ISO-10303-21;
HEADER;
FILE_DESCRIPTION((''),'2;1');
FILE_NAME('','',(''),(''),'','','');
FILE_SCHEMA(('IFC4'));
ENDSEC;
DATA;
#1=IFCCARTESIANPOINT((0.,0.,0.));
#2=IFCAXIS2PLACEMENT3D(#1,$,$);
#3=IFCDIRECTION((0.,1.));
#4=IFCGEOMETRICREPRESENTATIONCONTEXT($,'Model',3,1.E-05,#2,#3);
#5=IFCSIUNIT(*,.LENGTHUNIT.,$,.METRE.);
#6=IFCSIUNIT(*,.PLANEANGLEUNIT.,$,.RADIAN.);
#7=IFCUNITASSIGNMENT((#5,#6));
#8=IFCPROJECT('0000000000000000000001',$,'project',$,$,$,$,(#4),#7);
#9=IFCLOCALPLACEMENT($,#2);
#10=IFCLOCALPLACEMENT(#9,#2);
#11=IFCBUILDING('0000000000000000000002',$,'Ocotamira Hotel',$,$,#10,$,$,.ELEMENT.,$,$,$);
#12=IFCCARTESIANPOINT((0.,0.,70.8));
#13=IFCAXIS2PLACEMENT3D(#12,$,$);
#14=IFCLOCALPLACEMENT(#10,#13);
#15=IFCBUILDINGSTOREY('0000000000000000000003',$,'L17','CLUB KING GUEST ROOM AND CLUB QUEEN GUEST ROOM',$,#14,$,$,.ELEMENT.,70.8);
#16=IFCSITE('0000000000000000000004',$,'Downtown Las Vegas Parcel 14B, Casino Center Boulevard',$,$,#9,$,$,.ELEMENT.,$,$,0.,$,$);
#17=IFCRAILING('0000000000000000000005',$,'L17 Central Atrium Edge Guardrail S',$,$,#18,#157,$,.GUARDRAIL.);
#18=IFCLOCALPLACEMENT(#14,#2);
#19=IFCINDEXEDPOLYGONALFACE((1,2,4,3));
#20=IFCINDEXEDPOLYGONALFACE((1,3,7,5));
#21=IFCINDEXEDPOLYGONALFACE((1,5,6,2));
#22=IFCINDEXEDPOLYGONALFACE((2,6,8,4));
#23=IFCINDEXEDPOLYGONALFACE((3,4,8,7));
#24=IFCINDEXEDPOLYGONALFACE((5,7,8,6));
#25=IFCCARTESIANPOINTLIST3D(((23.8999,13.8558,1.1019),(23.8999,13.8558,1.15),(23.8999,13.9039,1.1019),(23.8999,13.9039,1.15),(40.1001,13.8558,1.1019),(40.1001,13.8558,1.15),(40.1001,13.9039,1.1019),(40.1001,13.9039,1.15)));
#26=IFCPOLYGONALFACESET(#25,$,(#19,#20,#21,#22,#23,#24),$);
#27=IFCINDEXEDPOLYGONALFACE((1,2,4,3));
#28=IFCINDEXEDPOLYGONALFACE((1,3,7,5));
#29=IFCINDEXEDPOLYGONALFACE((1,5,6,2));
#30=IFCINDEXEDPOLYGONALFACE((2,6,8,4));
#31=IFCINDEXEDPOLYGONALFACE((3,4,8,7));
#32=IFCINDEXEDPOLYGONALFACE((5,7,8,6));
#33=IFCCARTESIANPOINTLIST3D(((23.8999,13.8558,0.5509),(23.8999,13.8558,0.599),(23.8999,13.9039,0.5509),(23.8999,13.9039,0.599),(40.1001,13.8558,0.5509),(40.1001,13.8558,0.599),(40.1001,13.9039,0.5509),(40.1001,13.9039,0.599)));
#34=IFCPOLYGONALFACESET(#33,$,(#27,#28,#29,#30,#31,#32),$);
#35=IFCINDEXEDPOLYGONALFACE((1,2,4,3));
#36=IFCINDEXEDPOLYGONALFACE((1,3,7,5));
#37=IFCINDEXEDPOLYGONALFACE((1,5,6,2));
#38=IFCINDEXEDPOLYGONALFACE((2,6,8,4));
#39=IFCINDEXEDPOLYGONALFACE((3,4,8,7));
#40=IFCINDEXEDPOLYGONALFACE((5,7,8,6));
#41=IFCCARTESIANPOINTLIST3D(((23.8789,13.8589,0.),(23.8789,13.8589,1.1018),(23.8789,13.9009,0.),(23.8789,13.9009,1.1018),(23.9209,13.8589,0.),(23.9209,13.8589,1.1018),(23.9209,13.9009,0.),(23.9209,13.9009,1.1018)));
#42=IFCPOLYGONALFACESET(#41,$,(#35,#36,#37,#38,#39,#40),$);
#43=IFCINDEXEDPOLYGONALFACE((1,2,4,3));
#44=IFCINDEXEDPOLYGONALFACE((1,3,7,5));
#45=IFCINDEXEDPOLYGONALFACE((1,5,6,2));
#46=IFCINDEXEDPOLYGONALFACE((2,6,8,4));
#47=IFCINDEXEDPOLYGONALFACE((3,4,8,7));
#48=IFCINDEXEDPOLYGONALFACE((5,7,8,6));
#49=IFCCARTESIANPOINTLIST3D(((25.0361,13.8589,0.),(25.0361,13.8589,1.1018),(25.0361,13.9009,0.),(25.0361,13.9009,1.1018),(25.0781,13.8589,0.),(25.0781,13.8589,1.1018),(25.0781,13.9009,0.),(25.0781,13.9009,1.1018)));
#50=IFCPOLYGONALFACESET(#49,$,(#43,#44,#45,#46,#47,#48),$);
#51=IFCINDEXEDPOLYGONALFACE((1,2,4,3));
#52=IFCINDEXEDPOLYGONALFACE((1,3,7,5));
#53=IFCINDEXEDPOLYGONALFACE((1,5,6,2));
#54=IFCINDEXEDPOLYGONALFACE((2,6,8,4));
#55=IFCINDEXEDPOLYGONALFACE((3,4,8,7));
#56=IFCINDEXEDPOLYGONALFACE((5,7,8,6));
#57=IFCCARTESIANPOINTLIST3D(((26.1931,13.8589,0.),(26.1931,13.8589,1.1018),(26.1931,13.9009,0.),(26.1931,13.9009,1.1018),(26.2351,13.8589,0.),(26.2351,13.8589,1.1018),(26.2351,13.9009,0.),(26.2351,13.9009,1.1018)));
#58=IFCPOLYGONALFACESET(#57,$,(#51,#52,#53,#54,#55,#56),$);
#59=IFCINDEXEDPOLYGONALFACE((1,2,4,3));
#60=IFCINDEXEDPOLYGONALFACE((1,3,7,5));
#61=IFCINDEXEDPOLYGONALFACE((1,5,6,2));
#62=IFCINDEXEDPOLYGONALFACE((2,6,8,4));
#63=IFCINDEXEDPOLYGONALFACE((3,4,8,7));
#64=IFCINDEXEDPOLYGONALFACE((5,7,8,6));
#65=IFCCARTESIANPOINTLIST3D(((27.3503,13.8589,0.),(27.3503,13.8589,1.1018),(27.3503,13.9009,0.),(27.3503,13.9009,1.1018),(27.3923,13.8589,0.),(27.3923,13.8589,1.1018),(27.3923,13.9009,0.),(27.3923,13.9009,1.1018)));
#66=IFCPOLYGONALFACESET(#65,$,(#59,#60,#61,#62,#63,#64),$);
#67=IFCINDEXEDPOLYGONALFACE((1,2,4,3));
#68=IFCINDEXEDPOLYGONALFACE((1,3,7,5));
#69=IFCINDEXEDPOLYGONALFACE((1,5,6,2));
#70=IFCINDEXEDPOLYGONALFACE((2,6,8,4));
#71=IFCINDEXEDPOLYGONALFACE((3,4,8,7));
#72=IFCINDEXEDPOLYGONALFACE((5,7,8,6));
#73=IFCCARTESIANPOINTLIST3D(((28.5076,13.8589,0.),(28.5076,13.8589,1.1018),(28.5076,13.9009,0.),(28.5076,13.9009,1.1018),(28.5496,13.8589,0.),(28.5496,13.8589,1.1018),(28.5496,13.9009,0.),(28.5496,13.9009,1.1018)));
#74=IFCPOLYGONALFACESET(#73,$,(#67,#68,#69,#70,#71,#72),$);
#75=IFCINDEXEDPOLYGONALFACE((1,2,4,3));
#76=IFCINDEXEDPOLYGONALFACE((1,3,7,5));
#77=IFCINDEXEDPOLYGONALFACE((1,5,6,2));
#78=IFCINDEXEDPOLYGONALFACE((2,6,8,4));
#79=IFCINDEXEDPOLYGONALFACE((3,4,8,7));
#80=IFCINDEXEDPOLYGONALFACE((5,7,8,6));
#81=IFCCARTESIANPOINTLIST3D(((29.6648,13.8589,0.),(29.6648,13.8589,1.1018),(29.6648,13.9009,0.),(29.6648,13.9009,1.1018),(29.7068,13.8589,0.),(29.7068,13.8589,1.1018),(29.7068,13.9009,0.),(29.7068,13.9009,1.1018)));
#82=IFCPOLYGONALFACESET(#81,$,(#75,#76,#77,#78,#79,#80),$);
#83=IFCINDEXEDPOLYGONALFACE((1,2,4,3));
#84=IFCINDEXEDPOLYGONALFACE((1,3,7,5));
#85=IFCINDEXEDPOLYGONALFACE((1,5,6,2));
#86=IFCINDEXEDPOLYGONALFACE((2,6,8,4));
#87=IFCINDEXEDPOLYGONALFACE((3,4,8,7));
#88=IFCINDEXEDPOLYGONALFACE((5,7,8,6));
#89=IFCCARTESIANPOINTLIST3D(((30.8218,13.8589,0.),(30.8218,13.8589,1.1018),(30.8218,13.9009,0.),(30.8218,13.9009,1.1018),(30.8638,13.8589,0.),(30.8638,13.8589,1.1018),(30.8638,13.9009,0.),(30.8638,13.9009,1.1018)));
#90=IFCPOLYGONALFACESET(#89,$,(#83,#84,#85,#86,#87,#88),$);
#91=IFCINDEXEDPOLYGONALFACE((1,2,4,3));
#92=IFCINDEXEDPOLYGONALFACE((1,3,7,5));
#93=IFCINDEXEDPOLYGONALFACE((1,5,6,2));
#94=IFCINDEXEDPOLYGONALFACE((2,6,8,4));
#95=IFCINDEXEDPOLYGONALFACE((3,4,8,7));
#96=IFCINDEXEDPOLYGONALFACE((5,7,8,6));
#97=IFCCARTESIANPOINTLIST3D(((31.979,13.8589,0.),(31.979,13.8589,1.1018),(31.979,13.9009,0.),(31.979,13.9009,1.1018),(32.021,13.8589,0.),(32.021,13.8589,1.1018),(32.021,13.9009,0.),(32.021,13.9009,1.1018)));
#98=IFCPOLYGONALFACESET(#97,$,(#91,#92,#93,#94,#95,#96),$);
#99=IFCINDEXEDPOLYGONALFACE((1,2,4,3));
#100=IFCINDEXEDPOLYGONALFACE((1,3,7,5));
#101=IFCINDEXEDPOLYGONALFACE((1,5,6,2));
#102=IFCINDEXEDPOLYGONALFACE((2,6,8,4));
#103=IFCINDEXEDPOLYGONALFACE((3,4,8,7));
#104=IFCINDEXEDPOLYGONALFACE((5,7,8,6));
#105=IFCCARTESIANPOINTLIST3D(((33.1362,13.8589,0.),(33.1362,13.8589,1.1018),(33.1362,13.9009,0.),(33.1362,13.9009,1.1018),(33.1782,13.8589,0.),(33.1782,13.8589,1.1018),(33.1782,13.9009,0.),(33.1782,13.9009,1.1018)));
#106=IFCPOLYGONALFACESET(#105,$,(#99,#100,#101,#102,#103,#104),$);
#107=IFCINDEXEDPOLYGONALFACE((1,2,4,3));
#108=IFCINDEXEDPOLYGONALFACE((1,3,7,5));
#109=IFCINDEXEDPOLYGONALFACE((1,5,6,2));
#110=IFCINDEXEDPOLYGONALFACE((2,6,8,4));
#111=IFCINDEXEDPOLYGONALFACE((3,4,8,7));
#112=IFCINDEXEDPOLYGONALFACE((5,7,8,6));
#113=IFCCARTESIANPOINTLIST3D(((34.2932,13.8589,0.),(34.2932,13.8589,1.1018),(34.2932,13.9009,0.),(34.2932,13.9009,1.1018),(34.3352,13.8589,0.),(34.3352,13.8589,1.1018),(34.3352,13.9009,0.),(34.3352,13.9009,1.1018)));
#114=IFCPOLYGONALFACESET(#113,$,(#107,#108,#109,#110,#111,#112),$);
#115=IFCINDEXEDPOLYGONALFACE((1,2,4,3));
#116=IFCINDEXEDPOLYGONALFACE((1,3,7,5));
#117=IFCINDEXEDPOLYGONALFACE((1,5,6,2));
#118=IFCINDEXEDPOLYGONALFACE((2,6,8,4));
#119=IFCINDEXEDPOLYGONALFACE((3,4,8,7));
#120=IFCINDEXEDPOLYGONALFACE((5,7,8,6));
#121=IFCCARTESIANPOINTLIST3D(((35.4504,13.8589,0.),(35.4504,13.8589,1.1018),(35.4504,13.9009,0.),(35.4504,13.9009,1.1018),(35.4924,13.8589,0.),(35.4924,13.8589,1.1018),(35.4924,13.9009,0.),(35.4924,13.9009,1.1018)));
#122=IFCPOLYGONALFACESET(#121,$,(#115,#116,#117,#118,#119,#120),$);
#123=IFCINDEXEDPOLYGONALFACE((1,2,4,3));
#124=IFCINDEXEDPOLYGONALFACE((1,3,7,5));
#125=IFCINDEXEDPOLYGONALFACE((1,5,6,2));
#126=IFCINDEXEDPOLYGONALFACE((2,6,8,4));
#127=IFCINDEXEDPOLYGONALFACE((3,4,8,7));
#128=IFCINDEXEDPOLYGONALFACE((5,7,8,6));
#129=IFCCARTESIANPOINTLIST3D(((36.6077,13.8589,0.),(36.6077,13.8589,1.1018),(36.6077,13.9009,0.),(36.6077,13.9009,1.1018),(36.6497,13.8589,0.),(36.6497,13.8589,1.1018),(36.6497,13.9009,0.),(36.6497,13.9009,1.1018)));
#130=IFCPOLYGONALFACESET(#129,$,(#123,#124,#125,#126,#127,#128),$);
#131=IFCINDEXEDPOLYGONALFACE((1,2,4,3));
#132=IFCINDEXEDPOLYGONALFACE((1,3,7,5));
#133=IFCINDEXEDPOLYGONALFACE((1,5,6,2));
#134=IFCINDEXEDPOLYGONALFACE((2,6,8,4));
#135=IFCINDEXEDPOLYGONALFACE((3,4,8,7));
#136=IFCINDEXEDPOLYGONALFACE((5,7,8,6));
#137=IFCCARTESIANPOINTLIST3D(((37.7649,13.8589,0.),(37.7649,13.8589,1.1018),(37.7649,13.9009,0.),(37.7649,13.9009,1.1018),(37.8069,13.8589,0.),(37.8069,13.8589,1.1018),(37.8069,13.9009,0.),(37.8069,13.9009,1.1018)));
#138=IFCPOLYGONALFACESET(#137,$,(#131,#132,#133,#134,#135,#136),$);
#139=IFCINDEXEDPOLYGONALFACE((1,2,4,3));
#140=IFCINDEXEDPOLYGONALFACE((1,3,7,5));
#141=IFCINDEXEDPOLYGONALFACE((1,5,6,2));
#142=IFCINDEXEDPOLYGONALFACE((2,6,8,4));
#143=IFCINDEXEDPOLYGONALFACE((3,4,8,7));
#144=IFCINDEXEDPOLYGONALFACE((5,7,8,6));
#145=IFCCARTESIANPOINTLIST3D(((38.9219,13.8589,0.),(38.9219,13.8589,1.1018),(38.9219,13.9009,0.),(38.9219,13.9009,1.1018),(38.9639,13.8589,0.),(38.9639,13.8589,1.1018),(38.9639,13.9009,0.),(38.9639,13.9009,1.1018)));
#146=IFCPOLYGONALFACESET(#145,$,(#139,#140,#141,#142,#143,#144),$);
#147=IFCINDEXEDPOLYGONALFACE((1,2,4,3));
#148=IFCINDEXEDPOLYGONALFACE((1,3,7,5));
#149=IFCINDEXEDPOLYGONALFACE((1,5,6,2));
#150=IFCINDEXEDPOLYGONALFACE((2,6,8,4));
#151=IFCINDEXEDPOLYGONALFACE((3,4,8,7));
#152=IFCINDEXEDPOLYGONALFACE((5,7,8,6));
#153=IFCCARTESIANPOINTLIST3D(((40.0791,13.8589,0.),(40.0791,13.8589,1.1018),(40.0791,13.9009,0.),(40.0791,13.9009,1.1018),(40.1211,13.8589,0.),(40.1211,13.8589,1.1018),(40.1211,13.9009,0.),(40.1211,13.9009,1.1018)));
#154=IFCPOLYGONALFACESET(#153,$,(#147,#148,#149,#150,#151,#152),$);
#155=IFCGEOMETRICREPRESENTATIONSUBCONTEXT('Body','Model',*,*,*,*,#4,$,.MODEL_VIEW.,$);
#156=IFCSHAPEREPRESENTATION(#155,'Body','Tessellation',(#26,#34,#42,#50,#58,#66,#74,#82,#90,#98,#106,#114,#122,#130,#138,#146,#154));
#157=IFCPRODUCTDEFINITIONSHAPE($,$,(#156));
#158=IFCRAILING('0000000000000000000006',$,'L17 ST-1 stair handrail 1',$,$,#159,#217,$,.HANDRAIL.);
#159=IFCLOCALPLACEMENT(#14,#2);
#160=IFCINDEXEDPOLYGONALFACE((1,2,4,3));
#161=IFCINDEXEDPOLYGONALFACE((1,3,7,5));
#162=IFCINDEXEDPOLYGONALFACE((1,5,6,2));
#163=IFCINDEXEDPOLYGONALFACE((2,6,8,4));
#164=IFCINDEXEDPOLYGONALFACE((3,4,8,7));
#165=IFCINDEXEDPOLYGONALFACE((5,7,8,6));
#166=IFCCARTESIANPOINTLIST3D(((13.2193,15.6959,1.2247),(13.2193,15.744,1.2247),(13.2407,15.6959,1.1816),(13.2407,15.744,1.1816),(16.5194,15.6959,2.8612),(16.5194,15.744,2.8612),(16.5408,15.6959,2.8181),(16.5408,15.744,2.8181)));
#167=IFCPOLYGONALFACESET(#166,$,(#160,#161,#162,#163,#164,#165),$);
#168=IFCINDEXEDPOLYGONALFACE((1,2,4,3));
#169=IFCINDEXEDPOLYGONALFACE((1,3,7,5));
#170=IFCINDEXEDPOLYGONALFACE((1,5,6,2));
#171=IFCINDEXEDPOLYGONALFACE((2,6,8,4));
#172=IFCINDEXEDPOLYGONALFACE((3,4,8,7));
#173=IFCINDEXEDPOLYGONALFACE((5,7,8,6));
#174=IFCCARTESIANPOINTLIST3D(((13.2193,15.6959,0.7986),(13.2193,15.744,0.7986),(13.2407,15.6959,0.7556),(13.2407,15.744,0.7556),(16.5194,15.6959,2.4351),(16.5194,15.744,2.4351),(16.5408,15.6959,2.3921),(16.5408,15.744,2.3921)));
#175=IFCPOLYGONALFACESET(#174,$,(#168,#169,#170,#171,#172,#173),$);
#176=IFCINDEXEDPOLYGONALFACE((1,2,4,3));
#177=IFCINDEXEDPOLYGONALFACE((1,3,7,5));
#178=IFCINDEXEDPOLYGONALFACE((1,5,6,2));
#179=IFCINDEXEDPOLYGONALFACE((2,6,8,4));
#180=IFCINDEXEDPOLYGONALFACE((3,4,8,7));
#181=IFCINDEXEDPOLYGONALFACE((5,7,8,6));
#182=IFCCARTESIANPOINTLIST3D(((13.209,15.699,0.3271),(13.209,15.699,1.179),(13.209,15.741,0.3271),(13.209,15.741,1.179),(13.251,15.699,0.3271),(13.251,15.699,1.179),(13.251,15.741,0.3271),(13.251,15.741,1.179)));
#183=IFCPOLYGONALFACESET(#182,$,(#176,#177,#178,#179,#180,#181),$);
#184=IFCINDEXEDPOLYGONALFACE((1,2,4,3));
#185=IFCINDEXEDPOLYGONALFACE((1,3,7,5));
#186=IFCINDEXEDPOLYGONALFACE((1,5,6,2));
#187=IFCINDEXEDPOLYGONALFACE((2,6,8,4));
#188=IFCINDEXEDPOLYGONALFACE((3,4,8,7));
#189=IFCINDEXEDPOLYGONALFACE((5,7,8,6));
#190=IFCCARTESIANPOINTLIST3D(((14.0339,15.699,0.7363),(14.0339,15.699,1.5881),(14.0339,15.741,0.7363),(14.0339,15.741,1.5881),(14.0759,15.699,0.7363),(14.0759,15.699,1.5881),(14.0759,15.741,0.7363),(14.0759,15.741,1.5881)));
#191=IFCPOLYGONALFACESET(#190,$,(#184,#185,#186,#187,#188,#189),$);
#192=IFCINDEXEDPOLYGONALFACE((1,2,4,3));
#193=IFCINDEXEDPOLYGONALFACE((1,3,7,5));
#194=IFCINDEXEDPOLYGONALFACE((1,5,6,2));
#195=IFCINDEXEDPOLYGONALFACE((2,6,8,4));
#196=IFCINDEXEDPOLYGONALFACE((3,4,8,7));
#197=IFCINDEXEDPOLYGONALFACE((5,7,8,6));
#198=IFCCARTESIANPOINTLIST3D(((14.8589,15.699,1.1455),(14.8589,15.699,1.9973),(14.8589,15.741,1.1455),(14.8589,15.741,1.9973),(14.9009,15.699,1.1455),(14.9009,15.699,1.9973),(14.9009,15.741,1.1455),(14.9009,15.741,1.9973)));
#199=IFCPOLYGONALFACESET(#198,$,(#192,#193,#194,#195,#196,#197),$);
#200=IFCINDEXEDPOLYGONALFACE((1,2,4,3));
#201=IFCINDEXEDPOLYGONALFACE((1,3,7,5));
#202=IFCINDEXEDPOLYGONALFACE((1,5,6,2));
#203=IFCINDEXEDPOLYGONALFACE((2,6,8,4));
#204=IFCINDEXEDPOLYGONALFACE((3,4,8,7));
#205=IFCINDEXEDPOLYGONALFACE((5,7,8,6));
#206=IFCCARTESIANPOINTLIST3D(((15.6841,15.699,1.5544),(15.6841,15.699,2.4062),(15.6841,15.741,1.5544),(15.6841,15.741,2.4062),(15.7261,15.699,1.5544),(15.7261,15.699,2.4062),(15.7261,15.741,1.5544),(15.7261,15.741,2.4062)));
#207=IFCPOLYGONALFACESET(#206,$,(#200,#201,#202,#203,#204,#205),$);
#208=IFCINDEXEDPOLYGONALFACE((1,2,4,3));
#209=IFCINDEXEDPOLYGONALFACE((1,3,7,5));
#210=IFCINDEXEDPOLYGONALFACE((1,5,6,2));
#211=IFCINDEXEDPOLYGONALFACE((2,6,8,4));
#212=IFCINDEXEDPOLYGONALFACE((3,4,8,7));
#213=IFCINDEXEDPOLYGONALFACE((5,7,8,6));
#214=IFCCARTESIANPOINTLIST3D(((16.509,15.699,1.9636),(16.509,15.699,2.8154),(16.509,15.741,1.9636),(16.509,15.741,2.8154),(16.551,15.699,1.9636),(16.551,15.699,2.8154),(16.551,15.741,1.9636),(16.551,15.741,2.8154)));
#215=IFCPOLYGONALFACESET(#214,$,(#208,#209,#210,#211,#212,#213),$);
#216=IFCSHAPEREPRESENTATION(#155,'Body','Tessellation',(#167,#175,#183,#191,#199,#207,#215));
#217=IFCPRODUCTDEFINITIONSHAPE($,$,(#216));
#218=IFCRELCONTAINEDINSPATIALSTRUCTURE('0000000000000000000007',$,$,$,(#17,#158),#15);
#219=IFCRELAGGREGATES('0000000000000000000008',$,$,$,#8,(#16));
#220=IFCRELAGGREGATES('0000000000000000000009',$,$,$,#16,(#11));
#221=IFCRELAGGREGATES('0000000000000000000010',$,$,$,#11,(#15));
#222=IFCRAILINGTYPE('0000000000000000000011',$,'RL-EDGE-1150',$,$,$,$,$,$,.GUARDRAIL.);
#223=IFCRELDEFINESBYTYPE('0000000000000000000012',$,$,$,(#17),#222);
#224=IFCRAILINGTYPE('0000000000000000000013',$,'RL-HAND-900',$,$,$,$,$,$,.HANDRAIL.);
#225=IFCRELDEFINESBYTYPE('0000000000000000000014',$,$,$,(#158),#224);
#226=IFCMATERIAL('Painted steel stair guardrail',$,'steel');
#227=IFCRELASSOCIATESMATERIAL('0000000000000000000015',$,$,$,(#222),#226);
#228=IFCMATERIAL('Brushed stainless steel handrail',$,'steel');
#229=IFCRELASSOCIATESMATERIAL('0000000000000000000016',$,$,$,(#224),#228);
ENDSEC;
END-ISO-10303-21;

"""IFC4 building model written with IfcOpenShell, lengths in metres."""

from ifc_helpers import new_model, si_unit, direction, frame, origin, origin_2d, place, context, subcontext, project, spatial, rectangle, extrude, material, type_object, element, save


model = new_model("IFC4")

# Units and contexts
model_context = context("Model", 3, precision=1e-05, world=origin(), true_north=direction((0.0, 1.0)))
body_context = subcontext(model_context, "Body", "Model", "MODEL_VIEW")
ifc_project = project(units=[si_unit("LENGTHUNIT", "METRE"), si_unit("PLANEANGLEUNIT", "RADIAN")], contexts=[model_context])

# Site, building, storey
site_placement = place(None, origin())
site = spatial("IfcSite", under=ifc_project, at=site_placement, Name="Downtown Las Vegas Parcel 14B, Casino Center Boulevard", CompositionType="ELEMENT", RefElevation=0.0)
building_placement = place(site_placement, origin())
building = spatial("IfcBuilding", under=site, at=building_placement, Name="Ocotamira Hotel", CompositionType="ELEMENT")
storey_placement = place(building_placement, frame((0.0, 0.0, 70.8)))
storey = spatial("IfcBuildingStorey", under=building, at=storey_placement, Name="L17", Description="CLUB KING GUEST ROOM AND CLUB QUEEN GUEST ROOM", CompositionType="ELEMENT", Elevation=70.8)

# Railings
ifc_material_1 = material(Name="Painted steel stair guardrail", Category="steel")
railing_type_1 = type_object("IfcRailingType", Name="RL-EDGE-1150", PredefinedType="GUARDRAIL", material=ifc_material_1)
railing_1_placement = place(storey_placement, frame((23.8999, 13.8799, 0.0)))
element("IfcRailing", 1, at=railing_1_placement, inside=storey, type_object=railing_type_1, Name="L17 Central Atrium Edge Guardrail S", PredefinedType="GUARDRAIL", context=body_context, shape_type="SweptSolid", body=[
    extrude(rectangle(XDim=0.0481, YDim=0.0481, at=origin_2d()), frame((0.0, 0.0, 1.126), z_axis=(1.0, 0.0, 0.0), x_axis=(0.0, 1.0, 0.0)), (0.0, 0.0, 1.0), 16.2002),
    extrude(rectangle(XDim=0.0481, YDim=0.0481, at=origin_2d()), frame((0.0, 0.0, 0.575), z_axis=(1.0, 0.0, 0.0), x_axis=(0.0, 1.0, 0.0)), (0.0, 0.0, 1.0), 16.2002),
    extrude(rectangle(XDim=0.042, YDim=0.042, at=origin_2d()), origin(), (0.0, 0.0, 1.0), 1.1018),
    extrude(rectangle(XDim=0.042, YDim=0.042, at=origin_2d()), frame((1.1572, 0.0, 0.0)), (0.0, 0.0, 1.0), 1.1018),
    extrude(rectangle(XDim=0.042, YDim=0.042, at=origin_2d()), frame((2.3142, 0.0, 0.0)), (0.0, 0.0, 1.0), 1.1018),
    extrude(rectangle(XDim=0.042, YDim=0.042, at=origin_2d()), frame((3.4714, 0.0, 0.0)), (0.0, 0.0, 1.0), 1.1018),
    extrude(rectangle(XDim=0.042, YDim=0.042, at=origin_2d()), frame((4.6287, 0.0, 0.0)), (0.0, 0.0, 1.0), 1.1018),
    extrude(rectangle(XDim=0.042, YDim=0.042, at=origin_2d()), frame((5.7859, 0.0, 0.0)), (0.0, 0.0, 1.0), 1.1018),
    extrude(rectangle(XDim=0.042, YDim=0.042, at=origin_2d()), frame((6.9429, 0.0, 0.0)), (0.0, 0.0, 1.0), 1.1018),
    extrude(rectangle(XDim=0.042, YDim=0.042, at=origin_2d()), frame((8.1001, 0.0, 0.0)), (0.0, 0.0, 1.0), 1.1018),
    extrude(rectangle(XDim=0.042, YDim=0.042, at=origin_2d()), frame((9.2573, 0.0, 0.0)), (0.0, 0.0, 1.0), 1.1018),
    extrude(rectangle(XDim=0.042, YDim=0.042, at=origin_2d()), frame((10.4143, 0.0, 0.0)), (0.0, 0.0, 1.0), 1.1018),
    extrude(rectangle(XDim=0.042, YDim=0.042, at=origin_2d()), frame((11.5715, 0.0, 0.0)), (0.0, 0.0, 1.0), 1.1018),
    extrude(rectangle(XDim=0.042, YDim=0.042, at=origin_2d()), frame((12.7288, 0.0, 0.0)), (0.0, 0.0, 1.0), 1.1018),
    extrude(rectangle(XDim=0.042, YDim=0.042, at=origin_2d()), frame((13.886, 0.0, 0.0)), (0.0, 0.0, 1.0), 1.1018),
    extrude(rectangle(XDim=0.042, YDim=0.042, at=origin_2d()), frame((15.043, 0.0, 0.0)), (0.0, 0.0, 1.0), 1.1018),
    extrude(rectangle(XDim=0.042, YDim=0.042, at=origin_2d()), frame((16.2002, 0.0, 0.0)), (0.0, 0.0, 1.0), 1.1018),
])
ifc_material_2 = material(Name="Brushed stainless steel handrail", Category="steel")
railing_type_2 = type_object("IfcRailingType", Name="RL-HAND-900", PredefinedType="HANDRAIL", material=ifc_material_2)
railing_2_placement = place(storey_placement, frame((13.23, 15.72, 0.3271)))
element("IfcRailing", 2, at=railing_2_placement, inside=storey, type_object=railing_type_2, Name="L17 ST-1 stair handrail 1", PredefinedType="HANDRAIL", context=body_context, shape_type="SweptSolid", body=[
    extrude(rectangle(XDim=0.0481, YDim=0.0481, at=origin_2d()), frame((0.0, 0.0, 0.876), z_axis=(0.895894, 0.0, 0.444268), x_axis=(0.0, 1.0, 0.0)), (0.0, 0.0, 1.0), 3.6836),
    extrude(rectangle(XDim=0.0481, YDim=0.0481, at=origin_2d()), frame((0.0, 0.0, 0.45), z_axis=(0.895894, 0.0, 0.444268), x_axis=(0.0, 1.0, 0.0)), (0.0, 0.0, 1.0), 3.6836),
    extrude(rectangle(XDim=0.042, YDim=0.042, at=origin_2d()), origin(), (0.0, 0.0, 1.0), 0.8518),
    extrude(rectangle(XDim=0.042, YDim=0.042, at=origin_2d()), frame((0.825, 0.0, 0.4092)), (0.0, 0.0, 1.0), 0.8518),
    extrude(rectangle(XDim=0.042, YDim=0.042, at=origin_2d()), frame((1.6499, 0.0, 0.8184)), (0.0, 0.0, 1.0), 0.8518),
    extrude(rectangle(XDim=0.042, YDim=0.042, at=origin_2d()), frame((2.4751, 0.0, 1.2273)), (0.0, 0.0, 1.0), 0.8518),
    extrude(rectangle(XDim=0.042, YDim=0.042, at=origin_2d()), frame((3.3, 0.0, 1.6365)), (0.0, 0.0, 1.0), 0.8518),
])

save(model, "model.ifc")
